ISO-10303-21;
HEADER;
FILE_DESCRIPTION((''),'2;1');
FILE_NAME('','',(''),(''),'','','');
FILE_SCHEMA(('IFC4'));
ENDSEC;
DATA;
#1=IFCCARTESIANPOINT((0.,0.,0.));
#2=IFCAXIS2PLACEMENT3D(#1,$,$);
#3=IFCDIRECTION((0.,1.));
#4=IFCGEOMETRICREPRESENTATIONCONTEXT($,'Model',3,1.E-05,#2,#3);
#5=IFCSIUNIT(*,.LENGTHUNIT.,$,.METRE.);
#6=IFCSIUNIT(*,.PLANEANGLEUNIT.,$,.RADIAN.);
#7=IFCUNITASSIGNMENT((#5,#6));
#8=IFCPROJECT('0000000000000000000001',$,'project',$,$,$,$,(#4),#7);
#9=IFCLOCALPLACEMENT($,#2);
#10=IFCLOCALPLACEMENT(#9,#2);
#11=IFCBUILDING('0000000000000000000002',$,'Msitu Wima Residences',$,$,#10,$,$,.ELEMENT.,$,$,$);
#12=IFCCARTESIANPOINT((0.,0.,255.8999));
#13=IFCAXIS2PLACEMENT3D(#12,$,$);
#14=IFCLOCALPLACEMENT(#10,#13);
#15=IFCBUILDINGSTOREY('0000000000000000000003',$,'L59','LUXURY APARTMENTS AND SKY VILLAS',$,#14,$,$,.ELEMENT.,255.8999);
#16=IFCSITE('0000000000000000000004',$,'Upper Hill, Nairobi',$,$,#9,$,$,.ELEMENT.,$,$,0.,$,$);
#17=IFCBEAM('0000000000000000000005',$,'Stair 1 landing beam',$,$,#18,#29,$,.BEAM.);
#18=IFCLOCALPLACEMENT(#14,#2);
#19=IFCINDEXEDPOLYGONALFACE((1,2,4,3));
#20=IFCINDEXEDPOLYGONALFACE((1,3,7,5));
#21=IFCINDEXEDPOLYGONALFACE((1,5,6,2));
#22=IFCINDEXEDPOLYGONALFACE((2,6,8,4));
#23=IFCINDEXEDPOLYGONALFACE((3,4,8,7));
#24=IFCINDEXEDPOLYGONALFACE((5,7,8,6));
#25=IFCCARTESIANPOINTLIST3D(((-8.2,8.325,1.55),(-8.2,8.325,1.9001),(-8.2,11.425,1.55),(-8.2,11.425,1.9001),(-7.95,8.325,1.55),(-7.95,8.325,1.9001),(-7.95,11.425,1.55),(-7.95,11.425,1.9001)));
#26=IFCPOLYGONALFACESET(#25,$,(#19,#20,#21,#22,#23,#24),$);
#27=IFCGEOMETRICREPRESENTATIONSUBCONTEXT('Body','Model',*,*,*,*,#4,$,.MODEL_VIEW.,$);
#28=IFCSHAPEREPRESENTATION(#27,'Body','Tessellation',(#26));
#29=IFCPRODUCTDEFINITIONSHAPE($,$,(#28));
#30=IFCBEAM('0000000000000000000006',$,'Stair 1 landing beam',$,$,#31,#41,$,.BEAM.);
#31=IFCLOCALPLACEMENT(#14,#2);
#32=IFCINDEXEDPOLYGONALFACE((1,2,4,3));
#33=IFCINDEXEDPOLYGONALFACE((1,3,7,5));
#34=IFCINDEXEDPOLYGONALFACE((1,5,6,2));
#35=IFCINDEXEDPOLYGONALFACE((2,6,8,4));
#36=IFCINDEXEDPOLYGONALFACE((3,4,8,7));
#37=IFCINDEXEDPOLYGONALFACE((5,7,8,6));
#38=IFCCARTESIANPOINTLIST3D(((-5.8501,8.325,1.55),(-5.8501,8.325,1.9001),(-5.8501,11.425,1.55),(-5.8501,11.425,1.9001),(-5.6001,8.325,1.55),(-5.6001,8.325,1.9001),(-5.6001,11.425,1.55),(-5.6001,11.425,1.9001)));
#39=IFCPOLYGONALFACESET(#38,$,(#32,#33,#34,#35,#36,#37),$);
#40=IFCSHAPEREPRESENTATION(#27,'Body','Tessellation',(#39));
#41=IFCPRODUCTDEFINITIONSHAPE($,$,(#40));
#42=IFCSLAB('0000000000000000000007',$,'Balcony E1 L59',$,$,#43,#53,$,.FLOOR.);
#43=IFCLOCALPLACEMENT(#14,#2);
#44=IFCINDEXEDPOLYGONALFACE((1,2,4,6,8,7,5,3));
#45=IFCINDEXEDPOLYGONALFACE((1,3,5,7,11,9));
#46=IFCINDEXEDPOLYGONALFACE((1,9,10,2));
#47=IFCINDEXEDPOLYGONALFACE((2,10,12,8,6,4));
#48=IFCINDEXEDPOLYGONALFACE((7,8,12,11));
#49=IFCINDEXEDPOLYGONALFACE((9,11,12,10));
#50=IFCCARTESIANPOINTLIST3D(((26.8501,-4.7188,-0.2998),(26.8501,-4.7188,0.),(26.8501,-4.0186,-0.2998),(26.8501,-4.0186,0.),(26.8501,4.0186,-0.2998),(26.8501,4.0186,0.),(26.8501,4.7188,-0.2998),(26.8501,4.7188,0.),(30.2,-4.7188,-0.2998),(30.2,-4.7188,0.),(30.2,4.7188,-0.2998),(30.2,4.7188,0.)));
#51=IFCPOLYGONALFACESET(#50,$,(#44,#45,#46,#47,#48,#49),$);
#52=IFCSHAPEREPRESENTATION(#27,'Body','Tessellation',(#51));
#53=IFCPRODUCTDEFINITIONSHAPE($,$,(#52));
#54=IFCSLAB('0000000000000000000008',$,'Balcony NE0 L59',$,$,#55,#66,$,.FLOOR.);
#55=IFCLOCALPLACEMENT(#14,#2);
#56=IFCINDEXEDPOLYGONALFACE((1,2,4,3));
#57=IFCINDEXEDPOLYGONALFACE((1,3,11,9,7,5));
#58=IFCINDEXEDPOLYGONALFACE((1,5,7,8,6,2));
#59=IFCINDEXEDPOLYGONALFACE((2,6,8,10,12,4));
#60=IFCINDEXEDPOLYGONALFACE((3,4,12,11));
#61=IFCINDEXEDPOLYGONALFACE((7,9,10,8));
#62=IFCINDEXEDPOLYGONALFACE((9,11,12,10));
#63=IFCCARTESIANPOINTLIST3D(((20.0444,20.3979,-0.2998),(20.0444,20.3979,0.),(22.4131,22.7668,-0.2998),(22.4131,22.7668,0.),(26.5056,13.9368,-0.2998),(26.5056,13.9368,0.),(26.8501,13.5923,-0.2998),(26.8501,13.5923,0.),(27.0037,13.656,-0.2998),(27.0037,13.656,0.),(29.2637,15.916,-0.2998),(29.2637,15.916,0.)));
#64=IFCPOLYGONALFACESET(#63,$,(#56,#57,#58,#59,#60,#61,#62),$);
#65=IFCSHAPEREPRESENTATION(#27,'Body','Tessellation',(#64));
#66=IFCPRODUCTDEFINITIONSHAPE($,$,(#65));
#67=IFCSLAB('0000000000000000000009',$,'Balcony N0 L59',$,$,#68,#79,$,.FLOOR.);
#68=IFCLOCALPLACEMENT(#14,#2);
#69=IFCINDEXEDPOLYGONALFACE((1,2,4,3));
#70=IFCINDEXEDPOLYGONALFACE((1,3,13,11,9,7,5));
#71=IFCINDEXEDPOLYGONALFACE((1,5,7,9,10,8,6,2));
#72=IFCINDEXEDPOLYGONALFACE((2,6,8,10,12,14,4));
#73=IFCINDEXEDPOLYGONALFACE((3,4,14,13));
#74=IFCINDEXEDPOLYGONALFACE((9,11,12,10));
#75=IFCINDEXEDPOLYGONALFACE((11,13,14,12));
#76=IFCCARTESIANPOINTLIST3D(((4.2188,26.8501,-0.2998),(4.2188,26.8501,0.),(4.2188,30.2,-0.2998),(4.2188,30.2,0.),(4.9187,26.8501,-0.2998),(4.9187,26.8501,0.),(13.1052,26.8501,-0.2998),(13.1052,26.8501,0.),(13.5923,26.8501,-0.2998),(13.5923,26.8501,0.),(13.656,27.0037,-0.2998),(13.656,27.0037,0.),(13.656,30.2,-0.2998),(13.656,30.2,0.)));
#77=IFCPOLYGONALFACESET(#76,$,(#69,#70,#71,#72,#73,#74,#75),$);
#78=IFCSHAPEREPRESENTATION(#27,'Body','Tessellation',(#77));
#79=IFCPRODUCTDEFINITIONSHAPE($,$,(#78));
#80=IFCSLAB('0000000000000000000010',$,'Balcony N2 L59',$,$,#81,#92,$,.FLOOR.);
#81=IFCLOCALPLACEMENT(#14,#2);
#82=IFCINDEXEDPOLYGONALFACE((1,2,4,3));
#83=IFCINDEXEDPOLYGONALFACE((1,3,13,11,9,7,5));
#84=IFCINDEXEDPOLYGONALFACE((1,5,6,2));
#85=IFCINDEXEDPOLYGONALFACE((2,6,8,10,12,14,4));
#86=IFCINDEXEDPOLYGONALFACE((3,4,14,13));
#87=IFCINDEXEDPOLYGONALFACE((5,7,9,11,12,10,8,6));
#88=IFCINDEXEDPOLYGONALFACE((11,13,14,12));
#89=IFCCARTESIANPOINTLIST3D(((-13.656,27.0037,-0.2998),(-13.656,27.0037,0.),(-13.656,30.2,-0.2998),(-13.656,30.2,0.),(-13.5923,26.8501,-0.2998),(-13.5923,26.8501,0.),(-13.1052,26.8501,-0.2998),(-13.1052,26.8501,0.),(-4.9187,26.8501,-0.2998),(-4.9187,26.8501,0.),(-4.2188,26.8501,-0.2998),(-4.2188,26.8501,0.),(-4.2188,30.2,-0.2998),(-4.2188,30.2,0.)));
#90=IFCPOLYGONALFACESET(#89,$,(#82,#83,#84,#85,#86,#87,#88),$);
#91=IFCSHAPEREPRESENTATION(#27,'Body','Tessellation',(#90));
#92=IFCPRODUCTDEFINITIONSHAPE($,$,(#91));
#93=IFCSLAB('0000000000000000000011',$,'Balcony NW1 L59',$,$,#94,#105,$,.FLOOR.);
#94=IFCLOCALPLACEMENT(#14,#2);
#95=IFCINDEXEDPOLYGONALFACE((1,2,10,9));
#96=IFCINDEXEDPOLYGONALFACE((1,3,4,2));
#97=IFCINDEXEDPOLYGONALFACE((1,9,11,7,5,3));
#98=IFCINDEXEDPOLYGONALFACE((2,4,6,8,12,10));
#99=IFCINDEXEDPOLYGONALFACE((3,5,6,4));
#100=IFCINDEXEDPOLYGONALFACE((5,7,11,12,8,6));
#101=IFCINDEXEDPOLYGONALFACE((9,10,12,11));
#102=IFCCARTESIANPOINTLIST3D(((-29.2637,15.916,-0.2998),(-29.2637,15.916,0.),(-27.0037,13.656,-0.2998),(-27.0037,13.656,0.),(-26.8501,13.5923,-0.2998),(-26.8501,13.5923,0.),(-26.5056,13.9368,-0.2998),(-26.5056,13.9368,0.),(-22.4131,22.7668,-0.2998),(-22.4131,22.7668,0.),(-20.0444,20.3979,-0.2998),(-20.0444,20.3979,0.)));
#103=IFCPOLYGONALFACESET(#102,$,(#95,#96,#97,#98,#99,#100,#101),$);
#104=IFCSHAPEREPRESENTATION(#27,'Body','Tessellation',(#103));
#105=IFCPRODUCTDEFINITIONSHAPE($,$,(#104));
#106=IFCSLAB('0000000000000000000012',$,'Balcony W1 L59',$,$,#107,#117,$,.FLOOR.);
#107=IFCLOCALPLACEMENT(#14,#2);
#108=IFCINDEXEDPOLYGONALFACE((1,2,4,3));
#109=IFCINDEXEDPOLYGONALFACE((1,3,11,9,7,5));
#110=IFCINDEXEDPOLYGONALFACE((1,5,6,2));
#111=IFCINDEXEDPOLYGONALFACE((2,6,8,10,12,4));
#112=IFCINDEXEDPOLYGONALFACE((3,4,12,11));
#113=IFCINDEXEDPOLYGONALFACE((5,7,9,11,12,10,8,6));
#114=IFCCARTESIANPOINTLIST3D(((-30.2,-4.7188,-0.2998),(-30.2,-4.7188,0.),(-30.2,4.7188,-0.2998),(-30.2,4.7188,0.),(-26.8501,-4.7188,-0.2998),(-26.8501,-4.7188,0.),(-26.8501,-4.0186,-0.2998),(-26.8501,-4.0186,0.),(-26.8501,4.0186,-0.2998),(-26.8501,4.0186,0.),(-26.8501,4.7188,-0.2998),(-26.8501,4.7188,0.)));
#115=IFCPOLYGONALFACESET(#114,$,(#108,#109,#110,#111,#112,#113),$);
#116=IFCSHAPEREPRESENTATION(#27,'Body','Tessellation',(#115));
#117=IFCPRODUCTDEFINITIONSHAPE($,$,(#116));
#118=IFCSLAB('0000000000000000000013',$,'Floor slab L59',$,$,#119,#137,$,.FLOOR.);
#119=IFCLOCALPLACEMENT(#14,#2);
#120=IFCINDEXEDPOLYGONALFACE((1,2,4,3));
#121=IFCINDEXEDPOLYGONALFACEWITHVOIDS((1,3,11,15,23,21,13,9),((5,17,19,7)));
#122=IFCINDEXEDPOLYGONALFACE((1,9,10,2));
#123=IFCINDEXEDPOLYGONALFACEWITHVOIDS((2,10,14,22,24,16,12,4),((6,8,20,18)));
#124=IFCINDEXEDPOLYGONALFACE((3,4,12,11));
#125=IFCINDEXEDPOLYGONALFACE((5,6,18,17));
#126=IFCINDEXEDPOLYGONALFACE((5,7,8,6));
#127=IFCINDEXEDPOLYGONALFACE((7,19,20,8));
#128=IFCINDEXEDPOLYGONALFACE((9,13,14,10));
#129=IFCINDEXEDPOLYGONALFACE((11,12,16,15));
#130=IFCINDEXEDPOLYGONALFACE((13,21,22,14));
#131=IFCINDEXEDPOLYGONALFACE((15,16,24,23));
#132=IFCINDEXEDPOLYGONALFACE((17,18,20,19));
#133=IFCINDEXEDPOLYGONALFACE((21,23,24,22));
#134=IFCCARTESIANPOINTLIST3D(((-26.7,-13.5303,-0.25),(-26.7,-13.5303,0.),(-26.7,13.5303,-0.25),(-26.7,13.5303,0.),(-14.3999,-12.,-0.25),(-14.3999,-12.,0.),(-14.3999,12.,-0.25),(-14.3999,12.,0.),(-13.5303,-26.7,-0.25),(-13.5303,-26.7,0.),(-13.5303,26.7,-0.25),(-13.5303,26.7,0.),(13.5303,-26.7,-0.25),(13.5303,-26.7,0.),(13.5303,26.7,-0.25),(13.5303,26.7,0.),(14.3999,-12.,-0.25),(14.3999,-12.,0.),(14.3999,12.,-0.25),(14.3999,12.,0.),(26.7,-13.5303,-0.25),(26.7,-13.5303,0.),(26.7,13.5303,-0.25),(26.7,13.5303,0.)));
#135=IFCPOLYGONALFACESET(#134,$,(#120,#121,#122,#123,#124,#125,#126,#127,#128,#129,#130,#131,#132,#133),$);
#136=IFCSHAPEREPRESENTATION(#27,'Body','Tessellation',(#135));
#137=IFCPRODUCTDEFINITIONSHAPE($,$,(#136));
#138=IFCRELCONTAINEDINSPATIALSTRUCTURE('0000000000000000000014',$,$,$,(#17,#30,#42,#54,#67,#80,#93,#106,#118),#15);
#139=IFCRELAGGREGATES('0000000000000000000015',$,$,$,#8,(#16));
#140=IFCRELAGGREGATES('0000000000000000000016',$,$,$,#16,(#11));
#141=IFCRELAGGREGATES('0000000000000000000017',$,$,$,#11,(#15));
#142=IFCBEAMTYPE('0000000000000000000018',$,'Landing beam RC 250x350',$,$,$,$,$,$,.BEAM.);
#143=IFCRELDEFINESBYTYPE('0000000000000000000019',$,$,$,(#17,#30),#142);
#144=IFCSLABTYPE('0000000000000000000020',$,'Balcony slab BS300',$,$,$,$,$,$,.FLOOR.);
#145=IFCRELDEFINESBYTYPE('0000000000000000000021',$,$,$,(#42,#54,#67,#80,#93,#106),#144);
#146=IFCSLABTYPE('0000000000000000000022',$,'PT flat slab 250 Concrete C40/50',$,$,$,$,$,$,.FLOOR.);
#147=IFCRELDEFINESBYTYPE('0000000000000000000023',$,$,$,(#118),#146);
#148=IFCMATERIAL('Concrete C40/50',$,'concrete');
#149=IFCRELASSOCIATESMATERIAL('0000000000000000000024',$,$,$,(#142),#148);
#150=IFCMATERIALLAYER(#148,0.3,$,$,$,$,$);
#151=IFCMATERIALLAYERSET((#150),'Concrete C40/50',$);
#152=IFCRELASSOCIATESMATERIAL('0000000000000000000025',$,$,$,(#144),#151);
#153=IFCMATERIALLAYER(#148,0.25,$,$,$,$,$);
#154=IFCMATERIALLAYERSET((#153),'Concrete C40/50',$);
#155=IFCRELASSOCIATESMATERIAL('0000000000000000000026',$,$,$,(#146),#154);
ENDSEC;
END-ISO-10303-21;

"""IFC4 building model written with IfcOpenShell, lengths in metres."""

from ifc_helpers import new_model, si_unit, direction, frame, origin, origin_2d, place, context, subcontext, project, spatial, polyline, rectangle, outline, extrude, material, layer, layer_set, material_profile, profile_set, type_object, element, save


model = new_model("IFC4")

# Units and contexts
model_context = context("Model", 3, precision=1e-05, world=origin(), true_north=direction((0.0, 1.0)))
body_context = subcontext(model_context, "Body", "Model", "MODEL_VIEW")
ifc_project = project(units=[si_unit("LENGTHUNIT", "METRE"), si_unit("PLANEANGLEUNIT", "RADIAN")], contexts=[model_context])

# Site, building, storey
site_placement = place(None, origin())
site = spatial("IfcSite", under=ifc_project, at=site_placement, Name="Upper Hill, Nairobi", CompositionType="ELEMENT", RefElevation=0.0)
building_placement = place(site_placement, origin())
building = spatial("IfcBuilding", under=site, at=building_placement, Name="Msitu Wima Residences", CompositionType="ELEMENT")
storey_placement = place(building_placement, frame((0.0, 0.0, 255.8999)))
storey = spatial("IfcBuildingStorey", under=building, at=storey_placement, Name="L59", Description="LUXURY APARTMENTS AND SKY VILLAS", CompositionType="ELEMENT", Elevation=255.8999)

# Beams
ifc_material_1 = material(Name="Concrete C40/50", Category="concrete")
ifc_material_profile = material_profile(ifc_material_1, rectangle(XDim=0.25, YDim=0.3501, at=origin_2d()), Name="RC 250x350")
ifc_profile_set = profile_set([ifc_material_profile], Name="Concrete C40/50")
beam_type = type_object("IfcBeamType", Name="Landing beam RC 250x350", PredefinedType="BEAM", material=ifc_profile_set)
for number, where, z_axis, x_axis, name in (
    (1, (-8.075, 8.325, 1.7251), (0.0, 1.0, 0.0), (-1.0, 0.0, 0.0), "Stair 1 landing beam"),
    (2, (-5.7251, 8.325, 1.7251), (0.0, 1.0, 0.0), (-1.0, 0.0, 0.0), "Stair 1 landing beam"),
):
    element("IfcBeam", number, at=place(storey_placement, frame(where, z_axis=z_axis, x_axis=x_axis)), inside=storey, type_object=beam_type, Name=name, PredefinedType="BEAM", context=body_context, shape_type="SweptSolid", body=[
        extrude(rectangle(XDim=0.25, YDim=0.3501, at=origin_2d()), origin(), (0.0, 0.0, 1.0), 3.1001),
    ])

# Slabs
ifc_layer_1 = layer(ifc_material_1, 0.3)
ifc_layer_set_1 = layer_set([ifc_layer_1], Name="Concrete C40/50")
slab_type_1 = type_object("IfcSlabType", Name="Balcony slab BS300", PredefinedType="FLOOR", material=ifc_layer_set_1)
slab_1_placement = place(storey_placement, frame((0.0, 0.0, -0.2998)))
element("IfcSlab", 3, at=slab_1_placement, inside=storey, type_object=slab_type_1, Name="Balcony E1 L59", PredefinedType="FLOOR", context=body_context, shape_type="SweptSolid", body=[
    extrude(outline(polyline([(26.8501, -4.0186), (26.8501, 4.0186), (26.8501, 4.7188), (30.2, 4.7188), (30.2, -4.7188), (26.8501, -4.7188), (26.8501, -4.0186)])), origin(), (0.0, 0.0, 1.0), 0.2998),
])
slab_2_placement = place(storey_placement, frame((0.0, 0.0, -0.2998)))
element("IfcSlab", 4, at=slab_2_placement, inside=storey, type_object=slab_type_1, Name="Balcony NE0 L59", PredefinedType="FLOOR", context=body_context, shape_type="SweptSolid", body=[
    extrude(outline(polyline([(26.5056, 13.9368), (26.5056, 13.9368), (20.0444, 20.3979), (22.4131, 22.7668), (29.2637, 15.916), (27.0037, 13.656), (26.8501, 13.5923), (26.5056, 13.9368), (26.5056, 13.9368)])), origin(), (0.0, 0.0, 1.0), 0.2998),
])
slab_3_placement = place(storey_placement, frame((0.0, 0.0, -0.2998)))
element("IfcSlab", 5, at=slab_3_placement, inside=storey, type_object=slab_type_1, Name="Balcony N0 L59", PredefinedType="FLOOR", context=body_context, shape_type="SweptSolid", body=[
    extrude(outline(polyline([(13.1052, 26.8501), (13.1052, 26.8501), (4.9187, 26.8501), (4.2188, 26.8501), (4.2188, 30.2), (13.656, 30.2), (13.656, 27.0037), (13.5923, 26.8501), (13.1052, 26.8501), (13.1052, 26.8501)])), origin(), (0.0, 0.0, 1.0), 0.2998),
])
slab_4_placement = place(storey_placement, frame((0.0, 0.0, -0.2998)))
element("IfcSlab", 6, at=slab_4_placement, inside=storey, type_object=slab_type_1, Name="Balcony N2 L59", PredefinedType="FLOOR", context=body_context, shape_type="SweptSolid", body=[
    extrude(outline(polyline([(-13.1052, 26.8501), (-13.1052, 26.8501), (-13.1052, 26.8501), (-13.5923, 26.8501), (-13.656, 27.0037), (-13.656, 30.2), (-4.2188, 30.2), (-4.2188, 26.8501), (-4.9187, 26.8501), (-13.1052, 26.8501)])), origin(), (0.0, 0.0, 1.0), 0.2998),
])
slab_5_placement = place(storey_placement, frame((0.0, 0.0, -0.2998)))
element("IfcSlab", 7, at=slab_5_placement, inside=storey, type_object=slab_type_1, Name="Balcony NW1 L59", PredefinedType="FLOOR", context=body_context, shape_type="SweptSolid", body=[
    extrude(outline(polyline([(-26.5056, 13.9368), (-26.5056, 13.9368), (-26.8501, 13.5923), (-27.0037, 13.656), (-29.2637, 15.916), (-22.4131, 22.7668), (-20.0444, 20.3979), (-26.5056, 13.9368), (-26.5056, 13.9368)])), origin(), (0.0, 0.0, 1.0), 0.2998),
])
slab_6_placement = place(storey_placement, frame((0.0, 0.0, -0.2998)))
element("IfcSlab", 8, at=slab_6_placement, inside=storey, type_object=slab_type_1, Name="Balcony W1 L59", PredefinedType="FLOOR", context=body_context, shape_type="SweptSolid", body=[
    extrude(outline(polyline([(-26.8501, 4.0186), (-26.8501, -4.0186), (-26.8501, -4.7188), (-30.2, -4.7188), (-30.2, 4.7188), (-26.8501, 4.7188), (-26.8501, 4.0186)])), origin(), (0.0, 0.0, 1.0), 0.2998),
])
ifc_layer_2 = layer(ifc_material_1, 0.25)
ifc_layer_set_2 = layer_set([ifc_layer_2], Name="Concrete C40/50")
slab_type_2 = type_object("IfcSlabType", Name="PT flat slab 250 Concrete C40/50", PredefinedType="FLOOR", material=ifc_layer_set_2)
slab_7_placement = place(storey_placement, frame((0.0, 0.0, -0.25)))
element("IfcSlab", 9, at=slab_7_placement, inside=storey, type_object=slab_type_2, Name="Floor slab L59", PredefinedType="FLOOR", context=body_context, shape_type="SweptSolid", body=[
    extrude(outline(polyline([(26.7, -13.5303), (13.5303, -26.7), (-13.5303, -26.7), (-26.7, -13.5303), (-26.7, 13.5303), (-13.5303, 26.7), (13.5303, 26.7), (26.7, 13.5303), (26.7, -13.5303)]), holes=[polyline([(-14.3999, -12.0), (14.3999, -12.0), (14.3999, 12.0), (-14.3999, 12.0), (-14.3999, -12.0)])]), origin(), (0.0, 0.0, 1.0), 0.25),
])

save(model, "model.ifc")
